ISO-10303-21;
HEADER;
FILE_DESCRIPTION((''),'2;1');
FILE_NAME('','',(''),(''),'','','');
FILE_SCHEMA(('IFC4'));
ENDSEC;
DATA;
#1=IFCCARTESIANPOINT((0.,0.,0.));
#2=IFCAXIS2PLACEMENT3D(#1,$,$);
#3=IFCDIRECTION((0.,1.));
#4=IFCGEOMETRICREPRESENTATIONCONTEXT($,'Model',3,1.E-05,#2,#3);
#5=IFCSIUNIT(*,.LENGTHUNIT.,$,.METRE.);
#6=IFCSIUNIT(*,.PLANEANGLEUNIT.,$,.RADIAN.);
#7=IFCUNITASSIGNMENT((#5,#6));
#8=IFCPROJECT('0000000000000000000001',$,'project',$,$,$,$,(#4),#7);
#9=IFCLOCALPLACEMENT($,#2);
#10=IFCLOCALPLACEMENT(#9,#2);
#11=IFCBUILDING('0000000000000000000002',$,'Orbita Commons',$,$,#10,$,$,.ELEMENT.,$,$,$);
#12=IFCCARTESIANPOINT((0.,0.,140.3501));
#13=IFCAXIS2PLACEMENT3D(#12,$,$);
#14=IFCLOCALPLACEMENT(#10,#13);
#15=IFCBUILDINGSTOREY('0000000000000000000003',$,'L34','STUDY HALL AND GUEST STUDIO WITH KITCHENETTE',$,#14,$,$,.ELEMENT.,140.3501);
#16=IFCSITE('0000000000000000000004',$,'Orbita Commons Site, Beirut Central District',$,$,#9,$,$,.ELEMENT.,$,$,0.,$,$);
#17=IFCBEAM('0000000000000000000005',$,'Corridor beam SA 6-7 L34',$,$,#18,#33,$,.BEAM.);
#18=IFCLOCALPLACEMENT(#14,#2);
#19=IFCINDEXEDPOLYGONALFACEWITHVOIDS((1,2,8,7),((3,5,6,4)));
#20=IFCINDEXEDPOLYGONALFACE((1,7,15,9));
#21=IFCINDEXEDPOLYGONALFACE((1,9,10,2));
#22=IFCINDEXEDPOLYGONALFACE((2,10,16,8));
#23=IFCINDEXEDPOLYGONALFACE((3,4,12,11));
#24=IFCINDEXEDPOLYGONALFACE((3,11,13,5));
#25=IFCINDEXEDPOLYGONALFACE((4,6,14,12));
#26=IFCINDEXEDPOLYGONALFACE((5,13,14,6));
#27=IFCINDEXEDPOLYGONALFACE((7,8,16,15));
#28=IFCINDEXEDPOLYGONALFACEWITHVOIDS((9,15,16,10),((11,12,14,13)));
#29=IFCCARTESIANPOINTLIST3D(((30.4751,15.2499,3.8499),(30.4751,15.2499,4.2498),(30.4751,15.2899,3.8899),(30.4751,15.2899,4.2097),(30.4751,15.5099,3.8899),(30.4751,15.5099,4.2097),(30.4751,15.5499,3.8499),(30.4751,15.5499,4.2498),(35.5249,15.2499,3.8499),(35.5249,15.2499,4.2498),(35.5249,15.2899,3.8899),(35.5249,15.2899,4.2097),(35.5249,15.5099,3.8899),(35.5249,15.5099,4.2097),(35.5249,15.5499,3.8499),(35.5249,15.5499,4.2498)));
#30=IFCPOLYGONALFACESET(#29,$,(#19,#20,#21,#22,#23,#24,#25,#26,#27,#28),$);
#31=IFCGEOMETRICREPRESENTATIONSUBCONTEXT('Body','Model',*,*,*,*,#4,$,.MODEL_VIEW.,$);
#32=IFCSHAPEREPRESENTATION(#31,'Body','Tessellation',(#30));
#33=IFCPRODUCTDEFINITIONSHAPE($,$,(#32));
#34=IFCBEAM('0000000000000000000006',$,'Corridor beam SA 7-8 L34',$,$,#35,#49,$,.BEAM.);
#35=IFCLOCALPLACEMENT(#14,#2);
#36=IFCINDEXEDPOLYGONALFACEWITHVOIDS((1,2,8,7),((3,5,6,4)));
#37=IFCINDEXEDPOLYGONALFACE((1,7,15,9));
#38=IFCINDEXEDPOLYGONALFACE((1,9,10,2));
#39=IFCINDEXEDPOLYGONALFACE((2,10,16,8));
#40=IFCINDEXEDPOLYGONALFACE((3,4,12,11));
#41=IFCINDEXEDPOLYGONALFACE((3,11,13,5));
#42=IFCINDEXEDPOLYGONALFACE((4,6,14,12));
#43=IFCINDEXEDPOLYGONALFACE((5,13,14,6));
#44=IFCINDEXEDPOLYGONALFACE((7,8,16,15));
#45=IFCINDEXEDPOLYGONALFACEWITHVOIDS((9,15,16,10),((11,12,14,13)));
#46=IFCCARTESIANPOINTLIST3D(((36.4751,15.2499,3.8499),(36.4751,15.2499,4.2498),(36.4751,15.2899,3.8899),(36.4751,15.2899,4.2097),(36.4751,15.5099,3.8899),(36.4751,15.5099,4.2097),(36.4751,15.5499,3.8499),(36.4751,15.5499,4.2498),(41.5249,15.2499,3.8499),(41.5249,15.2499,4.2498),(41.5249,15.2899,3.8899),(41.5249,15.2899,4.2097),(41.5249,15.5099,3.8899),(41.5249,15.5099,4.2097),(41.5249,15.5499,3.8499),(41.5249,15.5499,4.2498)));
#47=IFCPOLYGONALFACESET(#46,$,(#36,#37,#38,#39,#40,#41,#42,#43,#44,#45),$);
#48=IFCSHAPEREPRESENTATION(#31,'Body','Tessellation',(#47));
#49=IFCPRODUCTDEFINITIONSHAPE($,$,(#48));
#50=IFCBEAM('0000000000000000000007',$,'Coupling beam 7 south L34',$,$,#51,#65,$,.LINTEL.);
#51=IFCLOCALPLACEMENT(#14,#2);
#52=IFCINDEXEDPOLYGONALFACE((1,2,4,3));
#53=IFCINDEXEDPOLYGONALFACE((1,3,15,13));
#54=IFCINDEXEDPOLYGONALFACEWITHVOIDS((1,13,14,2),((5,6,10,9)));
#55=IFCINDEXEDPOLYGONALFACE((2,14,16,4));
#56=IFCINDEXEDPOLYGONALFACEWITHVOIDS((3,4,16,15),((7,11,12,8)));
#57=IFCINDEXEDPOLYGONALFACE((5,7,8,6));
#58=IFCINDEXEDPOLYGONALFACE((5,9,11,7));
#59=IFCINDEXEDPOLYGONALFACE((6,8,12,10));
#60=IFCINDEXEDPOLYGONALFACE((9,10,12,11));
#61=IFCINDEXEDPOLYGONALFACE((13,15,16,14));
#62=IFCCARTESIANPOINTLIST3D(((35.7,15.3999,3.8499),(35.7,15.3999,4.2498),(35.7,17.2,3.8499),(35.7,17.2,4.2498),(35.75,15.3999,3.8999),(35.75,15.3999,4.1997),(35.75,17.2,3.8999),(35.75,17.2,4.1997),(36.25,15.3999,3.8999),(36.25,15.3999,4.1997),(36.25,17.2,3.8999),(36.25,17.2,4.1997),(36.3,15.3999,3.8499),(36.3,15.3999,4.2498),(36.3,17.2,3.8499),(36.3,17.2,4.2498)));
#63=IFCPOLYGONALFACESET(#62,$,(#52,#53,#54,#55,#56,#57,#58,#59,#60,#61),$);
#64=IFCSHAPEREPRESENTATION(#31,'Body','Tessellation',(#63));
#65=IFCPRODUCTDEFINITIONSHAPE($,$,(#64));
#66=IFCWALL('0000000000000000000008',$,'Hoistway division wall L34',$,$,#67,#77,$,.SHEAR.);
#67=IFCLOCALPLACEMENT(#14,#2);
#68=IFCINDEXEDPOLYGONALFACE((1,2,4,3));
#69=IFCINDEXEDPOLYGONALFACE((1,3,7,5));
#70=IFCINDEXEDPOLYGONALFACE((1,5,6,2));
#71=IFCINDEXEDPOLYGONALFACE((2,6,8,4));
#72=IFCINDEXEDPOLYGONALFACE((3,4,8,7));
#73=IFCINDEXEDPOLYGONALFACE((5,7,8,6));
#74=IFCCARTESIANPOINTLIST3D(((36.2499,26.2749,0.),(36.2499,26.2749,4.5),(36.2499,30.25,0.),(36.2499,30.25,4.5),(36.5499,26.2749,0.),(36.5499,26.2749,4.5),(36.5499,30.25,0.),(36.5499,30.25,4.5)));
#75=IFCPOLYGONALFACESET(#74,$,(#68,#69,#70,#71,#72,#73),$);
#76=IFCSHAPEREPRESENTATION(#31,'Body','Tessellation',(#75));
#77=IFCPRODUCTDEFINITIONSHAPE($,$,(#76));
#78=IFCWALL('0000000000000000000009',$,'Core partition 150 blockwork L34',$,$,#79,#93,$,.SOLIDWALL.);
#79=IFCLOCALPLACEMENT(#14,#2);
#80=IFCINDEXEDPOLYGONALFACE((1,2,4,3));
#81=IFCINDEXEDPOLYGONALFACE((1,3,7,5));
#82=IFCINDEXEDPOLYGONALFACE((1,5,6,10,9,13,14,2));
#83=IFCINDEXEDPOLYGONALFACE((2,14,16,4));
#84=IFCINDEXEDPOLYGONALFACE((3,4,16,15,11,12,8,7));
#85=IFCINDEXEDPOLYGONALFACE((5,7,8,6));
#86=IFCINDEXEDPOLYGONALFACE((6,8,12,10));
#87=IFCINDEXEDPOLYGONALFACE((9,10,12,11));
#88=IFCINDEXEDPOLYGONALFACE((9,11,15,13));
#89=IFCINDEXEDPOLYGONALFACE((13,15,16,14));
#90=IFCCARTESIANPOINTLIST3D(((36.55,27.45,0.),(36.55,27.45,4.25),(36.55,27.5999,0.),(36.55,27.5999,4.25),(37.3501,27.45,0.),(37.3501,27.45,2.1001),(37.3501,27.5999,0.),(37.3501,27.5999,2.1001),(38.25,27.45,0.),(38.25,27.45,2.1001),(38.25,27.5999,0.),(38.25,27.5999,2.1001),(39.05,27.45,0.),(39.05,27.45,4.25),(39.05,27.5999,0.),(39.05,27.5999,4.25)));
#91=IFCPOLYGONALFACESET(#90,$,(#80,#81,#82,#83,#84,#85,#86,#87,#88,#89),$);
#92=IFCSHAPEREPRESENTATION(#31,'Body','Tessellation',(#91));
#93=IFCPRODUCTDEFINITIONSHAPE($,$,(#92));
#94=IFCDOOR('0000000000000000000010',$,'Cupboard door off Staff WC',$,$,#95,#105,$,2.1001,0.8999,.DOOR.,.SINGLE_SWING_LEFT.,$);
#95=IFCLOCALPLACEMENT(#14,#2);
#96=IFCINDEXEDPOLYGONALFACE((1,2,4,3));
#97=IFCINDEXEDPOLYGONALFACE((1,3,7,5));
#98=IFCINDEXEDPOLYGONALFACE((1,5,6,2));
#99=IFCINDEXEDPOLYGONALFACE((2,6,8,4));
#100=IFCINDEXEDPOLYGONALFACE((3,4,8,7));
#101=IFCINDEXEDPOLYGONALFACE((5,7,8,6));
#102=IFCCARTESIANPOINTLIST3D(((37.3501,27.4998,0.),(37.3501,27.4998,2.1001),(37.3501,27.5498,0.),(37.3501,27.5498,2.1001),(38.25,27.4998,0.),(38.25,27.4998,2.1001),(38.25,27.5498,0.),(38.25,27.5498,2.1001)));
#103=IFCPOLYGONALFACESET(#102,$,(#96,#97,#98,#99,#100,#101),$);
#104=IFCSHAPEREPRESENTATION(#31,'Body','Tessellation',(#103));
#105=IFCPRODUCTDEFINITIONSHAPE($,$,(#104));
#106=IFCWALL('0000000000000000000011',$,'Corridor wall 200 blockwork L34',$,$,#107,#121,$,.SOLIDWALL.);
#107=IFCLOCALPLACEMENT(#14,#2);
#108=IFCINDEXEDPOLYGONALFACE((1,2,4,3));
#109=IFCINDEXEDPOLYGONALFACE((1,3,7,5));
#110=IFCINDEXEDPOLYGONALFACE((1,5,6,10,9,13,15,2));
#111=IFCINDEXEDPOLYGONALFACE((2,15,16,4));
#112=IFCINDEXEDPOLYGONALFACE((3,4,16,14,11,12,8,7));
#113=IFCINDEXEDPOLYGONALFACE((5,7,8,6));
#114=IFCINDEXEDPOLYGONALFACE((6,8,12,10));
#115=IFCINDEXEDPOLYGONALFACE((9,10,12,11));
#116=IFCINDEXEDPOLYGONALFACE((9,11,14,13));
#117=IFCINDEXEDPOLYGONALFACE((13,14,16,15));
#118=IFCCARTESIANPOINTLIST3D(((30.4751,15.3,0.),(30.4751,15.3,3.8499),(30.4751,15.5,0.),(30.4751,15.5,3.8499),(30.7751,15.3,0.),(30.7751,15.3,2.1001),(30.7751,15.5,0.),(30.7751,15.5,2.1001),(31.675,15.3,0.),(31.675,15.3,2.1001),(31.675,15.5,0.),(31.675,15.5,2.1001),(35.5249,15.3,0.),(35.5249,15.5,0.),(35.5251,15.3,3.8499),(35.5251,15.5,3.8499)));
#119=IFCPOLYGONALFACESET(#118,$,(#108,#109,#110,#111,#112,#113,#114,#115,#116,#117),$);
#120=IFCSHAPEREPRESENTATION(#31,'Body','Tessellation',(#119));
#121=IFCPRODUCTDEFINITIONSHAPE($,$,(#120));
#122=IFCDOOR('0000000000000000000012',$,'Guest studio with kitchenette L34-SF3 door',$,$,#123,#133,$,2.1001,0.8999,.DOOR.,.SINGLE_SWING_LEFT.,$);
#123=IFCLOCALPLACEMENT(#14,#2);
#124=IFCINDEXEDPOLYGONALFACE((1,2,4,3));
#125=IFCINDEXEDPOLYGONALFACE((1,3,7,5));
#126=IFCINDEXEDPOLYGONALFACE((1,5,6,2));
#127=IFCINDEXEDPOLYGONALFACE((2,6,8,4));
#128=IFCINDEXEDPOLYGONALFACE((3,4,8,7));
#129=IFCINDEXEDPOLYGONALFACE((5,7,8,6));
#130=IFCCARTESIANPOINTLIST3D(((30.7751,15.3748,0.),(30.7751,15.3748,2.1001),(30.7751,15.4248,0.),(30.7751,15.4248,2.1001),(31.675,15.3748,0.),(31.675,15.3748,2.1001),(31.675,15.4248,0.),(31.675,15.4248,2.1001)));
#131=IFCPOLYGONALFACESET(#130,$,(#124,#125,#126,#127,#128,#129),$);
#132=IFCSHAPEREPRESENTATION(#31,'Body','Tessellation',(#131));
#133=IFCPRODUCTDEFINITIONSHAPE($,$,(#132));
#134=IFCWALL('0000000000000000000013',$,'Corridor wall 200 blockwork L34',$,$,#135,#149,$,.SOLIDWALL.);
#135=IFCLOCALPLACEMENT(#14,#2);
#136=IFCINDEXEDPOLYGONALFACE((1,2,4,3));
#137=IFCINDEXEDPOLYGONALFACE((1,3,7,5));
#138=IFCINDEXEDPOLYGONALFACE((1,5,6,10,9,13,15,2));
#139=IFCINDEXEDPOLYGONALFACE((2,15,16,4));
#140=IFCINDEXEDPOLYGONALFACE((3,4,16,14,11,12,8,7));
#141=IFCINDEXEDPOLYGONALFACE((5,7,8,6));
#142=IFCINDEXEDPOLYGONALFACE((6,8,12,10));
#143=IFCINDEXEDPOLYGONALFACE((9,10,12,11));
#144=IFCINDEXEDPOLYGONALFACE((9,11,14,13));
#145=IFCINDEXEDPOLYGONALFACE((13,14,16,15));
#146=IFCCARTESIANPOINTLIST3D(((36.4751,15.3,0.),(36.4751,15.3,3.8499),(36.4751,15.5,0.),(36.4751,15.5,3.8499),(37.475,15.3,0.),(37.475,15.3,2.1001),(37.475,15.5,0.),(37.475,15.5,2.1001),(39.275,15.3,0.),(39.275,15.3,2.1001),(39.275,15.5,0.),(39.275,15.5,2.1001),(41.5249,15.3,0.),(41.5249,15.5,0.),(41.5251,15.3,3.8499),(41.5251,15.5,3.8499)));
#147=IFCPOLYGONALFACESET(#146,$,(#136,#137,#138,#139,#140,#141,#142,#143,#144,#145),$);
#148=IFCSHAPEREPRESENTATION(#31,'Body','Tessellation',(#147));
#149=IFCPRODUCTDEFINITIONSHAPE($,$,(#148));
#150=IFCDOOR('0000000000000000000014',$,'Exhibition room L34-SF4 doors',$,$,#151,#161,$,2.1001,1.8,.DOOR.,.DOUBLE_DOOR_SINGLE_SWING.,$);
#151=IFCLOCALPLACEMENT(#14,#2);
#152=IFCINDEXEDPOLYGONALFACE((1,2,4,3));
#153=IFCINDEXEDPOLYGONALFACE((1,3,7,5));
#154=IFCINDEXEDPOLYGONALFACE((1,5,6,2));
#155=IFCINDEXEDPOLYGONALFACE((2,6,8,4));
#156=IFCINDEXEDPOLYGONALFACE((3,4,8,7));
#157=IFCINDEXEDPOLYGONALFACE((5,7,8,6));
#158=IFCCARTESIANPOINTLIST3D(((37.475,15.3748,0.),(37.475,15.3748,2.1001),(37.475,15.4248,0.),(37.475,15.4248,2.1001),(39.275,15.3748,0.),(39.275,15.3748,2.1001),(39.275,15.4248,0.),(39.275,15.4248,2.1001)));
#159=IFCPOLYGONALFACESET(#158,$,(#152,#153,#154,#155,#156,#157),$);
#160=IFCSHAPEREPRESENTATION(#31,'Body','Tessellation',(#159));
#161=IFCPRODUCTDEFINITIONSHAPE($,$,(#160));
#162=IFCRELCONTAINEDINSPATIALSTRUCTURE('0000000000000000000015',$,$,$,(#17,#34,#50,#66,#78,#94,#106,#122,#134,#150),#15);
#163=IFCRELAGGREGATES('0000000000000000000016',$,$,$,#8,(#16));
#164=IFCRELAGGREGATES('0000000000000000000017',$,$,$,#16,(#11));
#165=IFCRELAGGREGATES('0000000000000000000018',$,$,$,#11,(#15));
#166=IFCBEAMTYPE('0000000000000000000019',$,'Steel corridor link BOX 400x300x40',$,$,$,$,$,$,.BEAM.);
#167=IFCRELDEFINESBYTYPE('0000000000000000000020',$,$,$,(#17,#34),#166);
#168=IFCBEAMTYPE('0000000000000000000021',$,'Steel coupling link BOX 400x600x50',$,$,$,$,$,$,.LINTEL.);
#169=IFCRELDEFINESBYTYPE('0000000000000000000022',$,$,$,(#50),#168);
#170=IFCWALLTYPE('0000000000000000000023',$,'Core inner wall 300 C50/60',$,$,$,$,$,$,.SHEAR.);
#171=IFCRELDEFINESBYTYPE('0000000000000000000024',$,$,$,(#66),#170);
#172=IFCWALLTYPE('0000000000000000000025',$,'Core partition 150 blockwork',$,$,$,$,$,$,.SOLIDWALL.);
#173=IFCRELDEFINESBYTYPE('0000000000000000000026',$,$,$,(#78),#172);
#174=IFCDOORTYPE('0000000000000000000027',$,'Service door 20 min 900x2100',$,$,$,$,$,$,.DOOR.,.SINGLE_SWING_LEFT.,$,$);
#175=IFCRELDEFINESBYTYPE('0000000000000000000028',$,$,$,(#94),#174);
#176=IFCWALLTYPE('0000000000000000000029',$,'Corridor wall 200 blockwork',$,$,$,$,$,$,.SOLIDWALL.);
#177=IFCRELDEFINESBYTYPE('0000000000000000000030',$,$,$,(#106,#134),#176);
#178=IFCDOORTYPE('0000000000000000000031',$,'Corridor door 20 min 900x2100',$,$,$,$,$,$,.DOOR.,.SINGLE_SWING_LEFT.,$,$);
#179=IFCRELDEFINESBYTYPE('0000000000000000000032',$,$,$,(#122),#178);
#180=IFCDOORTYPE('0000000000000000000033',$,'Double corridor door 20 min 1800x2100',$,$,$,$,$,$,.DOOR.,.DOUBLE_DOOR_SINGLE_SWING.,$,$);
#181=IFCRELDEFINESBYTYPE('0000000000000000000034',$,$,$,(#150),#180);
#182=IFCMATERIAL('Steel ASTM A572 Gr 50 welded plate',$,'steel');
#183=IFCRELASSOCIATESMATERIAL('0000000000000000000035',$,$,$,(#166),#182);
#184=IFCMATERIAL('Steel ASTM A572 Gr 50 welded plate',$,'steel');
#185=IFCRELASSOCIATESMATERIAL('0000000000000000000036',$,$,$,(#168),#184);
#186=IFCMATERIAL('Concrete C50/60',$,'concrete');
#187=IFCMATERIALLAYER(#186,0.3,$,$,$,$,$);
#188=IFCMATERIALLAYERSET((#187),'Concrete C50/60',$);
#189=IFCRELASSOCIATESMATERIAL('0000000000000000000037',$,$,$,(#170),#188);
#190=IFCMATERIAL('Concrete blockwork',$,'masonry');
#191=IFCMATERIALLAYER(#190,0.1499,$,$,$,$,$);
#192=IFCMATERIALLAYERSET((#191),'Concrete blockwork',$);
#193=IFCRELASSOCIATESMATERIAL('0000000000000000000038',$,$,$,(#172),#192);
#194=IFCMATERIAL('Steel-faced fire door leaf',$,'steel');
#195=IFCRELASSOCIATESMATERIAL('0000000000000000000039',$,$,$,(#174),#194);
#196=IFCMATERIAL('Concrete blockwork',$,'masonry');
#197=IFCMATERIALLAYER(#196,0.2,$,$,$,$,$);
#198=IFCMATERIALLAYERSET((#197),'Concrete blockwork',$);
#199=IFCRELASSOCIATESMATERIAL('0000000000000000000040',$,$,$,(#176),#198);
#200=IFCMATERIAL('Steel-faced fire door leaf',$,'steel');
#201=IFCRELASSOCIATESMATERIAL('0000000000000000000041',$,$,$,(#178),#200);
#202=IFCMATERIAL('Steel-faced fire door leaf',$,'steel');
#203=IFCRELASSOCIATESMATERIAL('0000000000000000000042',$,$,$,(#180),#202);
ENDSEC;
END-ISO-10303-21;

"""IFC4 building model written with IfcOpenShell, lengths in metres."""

from ifc_helpers import new_model, si_unit, direction, frame, frame_2d, origin, origin_2d, place, context, subcontext, project, spatial, polyline, rectangle, hollow_rectangle, outline, extrude, material, layer, layer_set, material_profile, profile_set, type_object, element, fill, save


model = new_model("IFC4")

# Units and contexts
model_context = context("Model", 3, precision=1e-05, world=origin(), true_north=direction((0.0, 1.0)))
body_context = subcontext(model_context, "Body", "Model", "MODEL_VIEW")
ifc_project = project(units=[si_unit("LENGTHUNIT", "METRE"), si_unit("PLANEANGLEUNIT", "RADIAN")], contexts=[model_context])

# Site, building, storey
site_placement = place(None, origin())
site = spatial("IfcSite", under=ifc_project, at=site_placement, Name="Orbita Commons Site, Beirut Central District", CompositionType="ELEMENT", RefElevation=0.0)
building_placement = place(site_placement, origin())
building = spatial("IfcBuilding", under=site, at=building_placement, Name="Orbita Commons", CompositionType="ELEMENT")
storey_placement = place(building_placement, frame((0.0, 0.0, 140.3501)))
storey = spatial("IfcBuildingStorey", under=building, at=storey_placement, Name="L34", Description="STUDY HALL AND GUEST STUDIO WITH KITCHENETTE", CompositionType="ELEMENT", Elevation=140.3501)

# Beams
ifc_material_1 = material(Name="Steel ASTM A572 Gr 50 welded plate", Category="steel")
ifc_material_profile_1 = material_profile(ifc_material_1, hollow_rectangle(XDim=0.3, YDim=0.3999, WallThickness=0.04, at=origin_2d()), Name="BOX 400x300x40")
ifc_profile_set_1 = profile_set([ifc_material_profile_1], Name="Steel ASTM A572 Gr 50 welded plate")
beam_type_1 = type_object("IfcBeamType", Name="Steel corridor link BOX 400x300x40", PredefinedType="BEAM", material=ifc_profile_set_1)
for number, where, z_axis, x_axis, name in (
    (1, (30.4751, 15.3999, 4.0498), (1.0, 0.0, 0.0), (0.0, 1.0, 0.0), "Corridor beam SA 6-7 L34"),
    (2, (36.4751, 15.3999, 4.0498), (1.0, 0.0, 0.0), (0.0, 1.0, 0.0), "Corridor beam SA 7-8 L34"),
):
    element("IfcBeam", number, at=place(storey_placement, frame(where, z_axis=z_axis, x_axis=x_axis)), inside=storey, type_object=beam_type_1, Name=name, PredefinedType="BEAM", context=body_context, shape_type="SweptSolid", body=[
        extrude(hollow_rectangle(XDim=0.3, YDim=0.3999, WallThickness=0.04, at=origin_2d()), origin(), (0.0, 0.0, 1.0), 5.0498),
    ])
ifc_material_2 = material(Name="Steel ASTM A572 Gr 50 welded plate", Category="steel")
ifc_material_profile_2 = material_profile(ifc_material_2, hollow_rectangle(XDim=0.6001, YDim=0.3999, WallThickness=0.05, at=origin_2d()), Name="BOX 400x600x50")
ifc_profile_set_2 = profile_set([ifc_material_profile_2], Name="Steel ASTM A572 Gr 50 welded plate")
beam_type_2 = type_object("IfcBeamType", Name="Steel coupling link BOX 400x600x50", PredefinedType="LINTEL", material=ifc_profile_set_2)
beam_placement = place(storey_placement, frame((36.0, 15.3999, 4.0498), z_axis=(0.0, 1.0, 0.0), x_axis=(-1.0, 0.0, 0.0)))
element("IfcBeam", 3, at=beam_placement, inside=storey, type_object=beam_type_2, Name="Coupling beam 7 south L34", PredefinedType="LINTEL", context=body_context, shape_type="SweptSolid", body=[
    extrude(hollow_rectangle(XDim=0.6001, YDim=0.3999, WallThickness=0.05, at=origin_2d()), origin(), (0.0, 0.0, 1.0), 1.8),
])

# Wall
ifc_material_3 = material(Name="Concrete C50/60", Category="concrete")
ifc_layer_1 = layer(ifc_material_3, 0.3)
ifc_layer_set_1 = layer_set([ifc_layer_1], Name="Concrete C50/60")
wall_type_1 = type_object("IfcWallType", Name="Core inner wall 300 C50/60", PredefinedType="SHEAR", material=ifc_layer_set_1)
wall_1_placement = place(storey_placement, frame((36.3999, 26.2749, 0.0), z_axis=(0.0, 0.0, 1.0), x_axis=(0.0, 1.0, 0.0)))
element("IfcWall", 4, at=wall_1_placement, inside=storey, type_object=wall_type_1, Name="Hoistway division wall L34", PredefinedType="SHEAR", context=body_context, shape_type="SweptSolid", body=[
    extrude(rectangle(XDim=3.9751, YDim=0.3, at=frame_2d((1.9875, 0.0))), origin(), (0.0, 0.0, 1.0), 4.5),
])

# Walls, openings, doors
ifc_material_4 = material(Name="Concrete blockwork", Category="masonry")
ifc_layer_2 = layer(ifc_material_4, 0.1499)
ifc_layer_set_2 = layer_set([ifc_layer_2], Name="Concrete blockwork")
wall_type_2 = type_object("IfcWallType", Name="Core partition 150 blockwork", PredefinedType="SOLIDWALL", material=ifc_layer_set_2)
wall_2_placement = place(storey_placement, frame((36.55, 27.5249, 0.0), z_axis=(0.0, 0.0, 1.0), x_axis=(1.0, 0.0, 0.0)))
wall_2 = element("IfcWall", 5, at=wall_2_placement, inside=storey, type_object=wall_type_2, Name="Core partition 150 blockwork L34", PredefinedType="SOLIDWALL", context=body_context, shape_type="SweptSolid", body=[
    extrude(rectangle(XDim=2.5, YDim=0.1499, at=frame_2d((1.25, 0.0))), origin(), (0.0, 0.0, 1.0), 4.25),
])
opening_1_placement = place(wall_2_placement, frame((0.8, 0.0, 0.0)))
opening_1 = element("IfcOpeningElement", 6, at=opening_1_placement, cuts=wall_2, PredefinedType="OPENING", context=body_context, shape_type="SweptSolid", body=[
    extrude(rectangle(XDim=0.8999, YDim=2.1001, at=frame_2d((0.45, 1.05))), frame((0.0, 0.085, 0.0), z_axis=(0.0, -1.0, 0.0), x_axis=(1.0, 0.0, 0.0)), (0.0, 0.0, 1.0), 0.1699),
])
ifc_material_5 = material(Name="Steel-faced fire door leaf", Category="steel")
door_type_1 = type_object("IfcDoorType", Name="Service door 20 min 900x2100", OperationType="SINGLE_SWING_LEFT", PredefinedType="DOOR", material=ifc_material_5)
door_1_placement = place(opening_1_placement, origin())
door_1 = element("IfcDoor", 7, at=door_1_placement, inside=storey, type_object=door_type_1, Name="Cupboard door off Staff WC", OperationType="SINGLE_SWING_LEFT", OverallHeight=2.1001, OverallWidth=0.8999, PredefinedType="DOOR", context=body_context, shape_type="SweptSolid", body=[
    extrude(rectangle(XDim=0.8999, YDim=2.1001, at=frame_2d((0.45, 1.05))), frame((0.0, 0.0249, 0.0), z_axis=(0.0, -1.0, 0.0), x_axis=(1.0, 0.0, 0.0)), (0.0, 0.0, 1.0), 0.05),
])
fill(opening_1, door_1)
ifc_material_6 = material(Name="Concrete blockwork", Category="masonry")
ifc_layer_3 = layer(ifc_material_6, 0.2)
ifc_layer_set_3 = layer_set([ifc_layer_3], Name="Concrete blockwork")
wall_type_3 = type_object("IfcWallType", Name="Corridor wall 200 blockwork", PredefinedType="SOLIDWALL", material=ifc_layer_set_3)
wall_3_placement = place(storey_placement, frame((30.4751, 15.3999, 0.0), z_axis=(0.0, 0.0, 1.0), x_axis=(1.0, 0.0, 0.0)))
wall_3 = element("IfcWall", 8, at=wall_3_placement, inside=storey, type_object=wall_type_3, Name="Corridor wall 200 blockwork L34", PredefinedType="SOLIDWALL", context=body_context, shape_type="SweptSolid", body=[
    extrude(outline(polyline([(0.0, 0.0), (5.0498, 0.0), (5.05, 3.8499), (0.0, 3.8499), (0.0, 0.0)])), frame((0.0, 0.1001, 0.0), z_axis=(0.0, -1.0, 0.0), x_axis=(1.0, 0.0, 0.0)), (0.0, 0.0, 1.0), 0.2),
])
opening_2_placement = place(wall_3_placement, frame((0.3, 0.0, 0.0)))
opening_2 = element("IfcOpeningElement", 9, at=opening_2_placement, cuts=wall_3, PredefinedType="OPENING", context=body_context, shape_type="SweptSolid", body=[
    extrude(rectangle(XDim=0.8999, YDim=2.1001, at=frame_2d((0.45, 1.05))), frame((0.0, 0.1099, 0.0), z_axis=(0.0, -1.0, 0.0), x_axis=(1.0, 0.0, 0.0)), (0.0, 0.0, 1.0), 0.22),
])
ifc_material_7 = material(Name="Steel-faced fire door leaf", Category="steel")
door_type_2 = type_object("IfcDoorType", Name="Corridor door 20 min 900x2100", OperationType="SINGLE_SWING_LEFT", PredefinedType="DOOR", material=ifc_material_7)
door_2_placement = place(opening_2_placement, origin())
door_2 = element("IfcDoor", 10, at=door_2_placement, inside=storey, type_object=door_type_2, Name="Guest studio with kitchenette L34-SF3 door", OperationType="SINGLE_SWING_LEFT", OverallHeight=2.1001, OverallWidth=0.8999, PredefinedType="DOOR", context=body_context, shape_type="SweptSolid", body=[
    extrude(rectangle(XDim=0.8999, YDim=2.1001, at=frame_2d((0.45, 1.05))), frame((0.0, 0.0249, 0.0), z_axis=(0.0, -1.0, 0.0), x_axis=(1.0, 0.0, 0.0)), (0.0, 0.0, 1.0), 0.05),
])
fill(opening_2, door_2)
wall_4_placement = place(storey_placement, frame((36.4751, 15.3999, 0.0), z_axis=(0.0, 0.0, 1.0), x_axis=(1.0, 0.0, 0.0)))
wall_4 = element("IfcWall", 11, at=wall_4_placement, inside=storey, type_object=wall_type_3, Name="Corridor wall 200 blockwork L34", PredefinedType="SOLIDWALL", context=body_context, shape_type="SweptSolid", body=[
    extrude(outline(polyline([(0.0, 0.0), (5.0498, 0.0), (5.05, 3.8499), (0.0, 3.8499), (0.0, 0.0)])), frame((0.0, 0.1001, 0.0), z_axis=(0.0, -1.0, 0.0), x_axis=(1.0, 0.0, 0.0)), (0.0, 0.0, 1.0), 0.2),
])
opening_3_placement = place(wall_4_placement, frame((1.0, 0.0, 0.0)))
opening_3 = element("IfcOpeningElement", 12, at=opening_3_placement, cuts=wall_4, PredefinedType="OPENING", context=body_context, shape_type="SweptSolid", body=[
    extrude(rectangle(XDim=1.8, YDim=2.1001, at=frame_2d((0.8999, 1.05))), frame((0.0, 0.1099, 0.0), z_axis=(0.0, -1.0, 0.0), x_axis=(1.0, 0.0, 0.0)), (0.0, 0.0, 1.0), 0.22),
])
ifc_material_8 = material(Name="Steel-faced fire door leaf", Category="steel")
door_type_3 = type_object("IfcDoorType", Name="Double corridor door 20 min 1800x2100", OperationType="DOUBLE_DOOR_SINGLE_SWING", PredefinedType="DOOR", material=ifc_material_8)
door_3_placement = place(opening_3_placement, origin())
door_3 = element("IfcDoor", 13, at=door_3_placement, inside=storey, type_object=door_type_3, Name="Exhibition room L34-SF4 doors", OperationType="DOUBLE_DOOR_SINGLE_SWING", OverallHeight=2.1001, OverallWidth=1.8, PredefinedType="DOOR", context=body_context, shape_type="SweptSolid", body=[
    extrude(rectangle(XDim=1.8, YDim=2.1001, at=frame_2d((0.8999, 1.05))), frame((0.0, 0.0249, 0.0), z_axis=(0.0, -1.0, 0.0), x_axis=(1.0, 0.0, 0.0)), (0.0, 0.0, 1.0), 0.05),
])
fill(opening_3, door_3)

save(model, "model.ifc")
